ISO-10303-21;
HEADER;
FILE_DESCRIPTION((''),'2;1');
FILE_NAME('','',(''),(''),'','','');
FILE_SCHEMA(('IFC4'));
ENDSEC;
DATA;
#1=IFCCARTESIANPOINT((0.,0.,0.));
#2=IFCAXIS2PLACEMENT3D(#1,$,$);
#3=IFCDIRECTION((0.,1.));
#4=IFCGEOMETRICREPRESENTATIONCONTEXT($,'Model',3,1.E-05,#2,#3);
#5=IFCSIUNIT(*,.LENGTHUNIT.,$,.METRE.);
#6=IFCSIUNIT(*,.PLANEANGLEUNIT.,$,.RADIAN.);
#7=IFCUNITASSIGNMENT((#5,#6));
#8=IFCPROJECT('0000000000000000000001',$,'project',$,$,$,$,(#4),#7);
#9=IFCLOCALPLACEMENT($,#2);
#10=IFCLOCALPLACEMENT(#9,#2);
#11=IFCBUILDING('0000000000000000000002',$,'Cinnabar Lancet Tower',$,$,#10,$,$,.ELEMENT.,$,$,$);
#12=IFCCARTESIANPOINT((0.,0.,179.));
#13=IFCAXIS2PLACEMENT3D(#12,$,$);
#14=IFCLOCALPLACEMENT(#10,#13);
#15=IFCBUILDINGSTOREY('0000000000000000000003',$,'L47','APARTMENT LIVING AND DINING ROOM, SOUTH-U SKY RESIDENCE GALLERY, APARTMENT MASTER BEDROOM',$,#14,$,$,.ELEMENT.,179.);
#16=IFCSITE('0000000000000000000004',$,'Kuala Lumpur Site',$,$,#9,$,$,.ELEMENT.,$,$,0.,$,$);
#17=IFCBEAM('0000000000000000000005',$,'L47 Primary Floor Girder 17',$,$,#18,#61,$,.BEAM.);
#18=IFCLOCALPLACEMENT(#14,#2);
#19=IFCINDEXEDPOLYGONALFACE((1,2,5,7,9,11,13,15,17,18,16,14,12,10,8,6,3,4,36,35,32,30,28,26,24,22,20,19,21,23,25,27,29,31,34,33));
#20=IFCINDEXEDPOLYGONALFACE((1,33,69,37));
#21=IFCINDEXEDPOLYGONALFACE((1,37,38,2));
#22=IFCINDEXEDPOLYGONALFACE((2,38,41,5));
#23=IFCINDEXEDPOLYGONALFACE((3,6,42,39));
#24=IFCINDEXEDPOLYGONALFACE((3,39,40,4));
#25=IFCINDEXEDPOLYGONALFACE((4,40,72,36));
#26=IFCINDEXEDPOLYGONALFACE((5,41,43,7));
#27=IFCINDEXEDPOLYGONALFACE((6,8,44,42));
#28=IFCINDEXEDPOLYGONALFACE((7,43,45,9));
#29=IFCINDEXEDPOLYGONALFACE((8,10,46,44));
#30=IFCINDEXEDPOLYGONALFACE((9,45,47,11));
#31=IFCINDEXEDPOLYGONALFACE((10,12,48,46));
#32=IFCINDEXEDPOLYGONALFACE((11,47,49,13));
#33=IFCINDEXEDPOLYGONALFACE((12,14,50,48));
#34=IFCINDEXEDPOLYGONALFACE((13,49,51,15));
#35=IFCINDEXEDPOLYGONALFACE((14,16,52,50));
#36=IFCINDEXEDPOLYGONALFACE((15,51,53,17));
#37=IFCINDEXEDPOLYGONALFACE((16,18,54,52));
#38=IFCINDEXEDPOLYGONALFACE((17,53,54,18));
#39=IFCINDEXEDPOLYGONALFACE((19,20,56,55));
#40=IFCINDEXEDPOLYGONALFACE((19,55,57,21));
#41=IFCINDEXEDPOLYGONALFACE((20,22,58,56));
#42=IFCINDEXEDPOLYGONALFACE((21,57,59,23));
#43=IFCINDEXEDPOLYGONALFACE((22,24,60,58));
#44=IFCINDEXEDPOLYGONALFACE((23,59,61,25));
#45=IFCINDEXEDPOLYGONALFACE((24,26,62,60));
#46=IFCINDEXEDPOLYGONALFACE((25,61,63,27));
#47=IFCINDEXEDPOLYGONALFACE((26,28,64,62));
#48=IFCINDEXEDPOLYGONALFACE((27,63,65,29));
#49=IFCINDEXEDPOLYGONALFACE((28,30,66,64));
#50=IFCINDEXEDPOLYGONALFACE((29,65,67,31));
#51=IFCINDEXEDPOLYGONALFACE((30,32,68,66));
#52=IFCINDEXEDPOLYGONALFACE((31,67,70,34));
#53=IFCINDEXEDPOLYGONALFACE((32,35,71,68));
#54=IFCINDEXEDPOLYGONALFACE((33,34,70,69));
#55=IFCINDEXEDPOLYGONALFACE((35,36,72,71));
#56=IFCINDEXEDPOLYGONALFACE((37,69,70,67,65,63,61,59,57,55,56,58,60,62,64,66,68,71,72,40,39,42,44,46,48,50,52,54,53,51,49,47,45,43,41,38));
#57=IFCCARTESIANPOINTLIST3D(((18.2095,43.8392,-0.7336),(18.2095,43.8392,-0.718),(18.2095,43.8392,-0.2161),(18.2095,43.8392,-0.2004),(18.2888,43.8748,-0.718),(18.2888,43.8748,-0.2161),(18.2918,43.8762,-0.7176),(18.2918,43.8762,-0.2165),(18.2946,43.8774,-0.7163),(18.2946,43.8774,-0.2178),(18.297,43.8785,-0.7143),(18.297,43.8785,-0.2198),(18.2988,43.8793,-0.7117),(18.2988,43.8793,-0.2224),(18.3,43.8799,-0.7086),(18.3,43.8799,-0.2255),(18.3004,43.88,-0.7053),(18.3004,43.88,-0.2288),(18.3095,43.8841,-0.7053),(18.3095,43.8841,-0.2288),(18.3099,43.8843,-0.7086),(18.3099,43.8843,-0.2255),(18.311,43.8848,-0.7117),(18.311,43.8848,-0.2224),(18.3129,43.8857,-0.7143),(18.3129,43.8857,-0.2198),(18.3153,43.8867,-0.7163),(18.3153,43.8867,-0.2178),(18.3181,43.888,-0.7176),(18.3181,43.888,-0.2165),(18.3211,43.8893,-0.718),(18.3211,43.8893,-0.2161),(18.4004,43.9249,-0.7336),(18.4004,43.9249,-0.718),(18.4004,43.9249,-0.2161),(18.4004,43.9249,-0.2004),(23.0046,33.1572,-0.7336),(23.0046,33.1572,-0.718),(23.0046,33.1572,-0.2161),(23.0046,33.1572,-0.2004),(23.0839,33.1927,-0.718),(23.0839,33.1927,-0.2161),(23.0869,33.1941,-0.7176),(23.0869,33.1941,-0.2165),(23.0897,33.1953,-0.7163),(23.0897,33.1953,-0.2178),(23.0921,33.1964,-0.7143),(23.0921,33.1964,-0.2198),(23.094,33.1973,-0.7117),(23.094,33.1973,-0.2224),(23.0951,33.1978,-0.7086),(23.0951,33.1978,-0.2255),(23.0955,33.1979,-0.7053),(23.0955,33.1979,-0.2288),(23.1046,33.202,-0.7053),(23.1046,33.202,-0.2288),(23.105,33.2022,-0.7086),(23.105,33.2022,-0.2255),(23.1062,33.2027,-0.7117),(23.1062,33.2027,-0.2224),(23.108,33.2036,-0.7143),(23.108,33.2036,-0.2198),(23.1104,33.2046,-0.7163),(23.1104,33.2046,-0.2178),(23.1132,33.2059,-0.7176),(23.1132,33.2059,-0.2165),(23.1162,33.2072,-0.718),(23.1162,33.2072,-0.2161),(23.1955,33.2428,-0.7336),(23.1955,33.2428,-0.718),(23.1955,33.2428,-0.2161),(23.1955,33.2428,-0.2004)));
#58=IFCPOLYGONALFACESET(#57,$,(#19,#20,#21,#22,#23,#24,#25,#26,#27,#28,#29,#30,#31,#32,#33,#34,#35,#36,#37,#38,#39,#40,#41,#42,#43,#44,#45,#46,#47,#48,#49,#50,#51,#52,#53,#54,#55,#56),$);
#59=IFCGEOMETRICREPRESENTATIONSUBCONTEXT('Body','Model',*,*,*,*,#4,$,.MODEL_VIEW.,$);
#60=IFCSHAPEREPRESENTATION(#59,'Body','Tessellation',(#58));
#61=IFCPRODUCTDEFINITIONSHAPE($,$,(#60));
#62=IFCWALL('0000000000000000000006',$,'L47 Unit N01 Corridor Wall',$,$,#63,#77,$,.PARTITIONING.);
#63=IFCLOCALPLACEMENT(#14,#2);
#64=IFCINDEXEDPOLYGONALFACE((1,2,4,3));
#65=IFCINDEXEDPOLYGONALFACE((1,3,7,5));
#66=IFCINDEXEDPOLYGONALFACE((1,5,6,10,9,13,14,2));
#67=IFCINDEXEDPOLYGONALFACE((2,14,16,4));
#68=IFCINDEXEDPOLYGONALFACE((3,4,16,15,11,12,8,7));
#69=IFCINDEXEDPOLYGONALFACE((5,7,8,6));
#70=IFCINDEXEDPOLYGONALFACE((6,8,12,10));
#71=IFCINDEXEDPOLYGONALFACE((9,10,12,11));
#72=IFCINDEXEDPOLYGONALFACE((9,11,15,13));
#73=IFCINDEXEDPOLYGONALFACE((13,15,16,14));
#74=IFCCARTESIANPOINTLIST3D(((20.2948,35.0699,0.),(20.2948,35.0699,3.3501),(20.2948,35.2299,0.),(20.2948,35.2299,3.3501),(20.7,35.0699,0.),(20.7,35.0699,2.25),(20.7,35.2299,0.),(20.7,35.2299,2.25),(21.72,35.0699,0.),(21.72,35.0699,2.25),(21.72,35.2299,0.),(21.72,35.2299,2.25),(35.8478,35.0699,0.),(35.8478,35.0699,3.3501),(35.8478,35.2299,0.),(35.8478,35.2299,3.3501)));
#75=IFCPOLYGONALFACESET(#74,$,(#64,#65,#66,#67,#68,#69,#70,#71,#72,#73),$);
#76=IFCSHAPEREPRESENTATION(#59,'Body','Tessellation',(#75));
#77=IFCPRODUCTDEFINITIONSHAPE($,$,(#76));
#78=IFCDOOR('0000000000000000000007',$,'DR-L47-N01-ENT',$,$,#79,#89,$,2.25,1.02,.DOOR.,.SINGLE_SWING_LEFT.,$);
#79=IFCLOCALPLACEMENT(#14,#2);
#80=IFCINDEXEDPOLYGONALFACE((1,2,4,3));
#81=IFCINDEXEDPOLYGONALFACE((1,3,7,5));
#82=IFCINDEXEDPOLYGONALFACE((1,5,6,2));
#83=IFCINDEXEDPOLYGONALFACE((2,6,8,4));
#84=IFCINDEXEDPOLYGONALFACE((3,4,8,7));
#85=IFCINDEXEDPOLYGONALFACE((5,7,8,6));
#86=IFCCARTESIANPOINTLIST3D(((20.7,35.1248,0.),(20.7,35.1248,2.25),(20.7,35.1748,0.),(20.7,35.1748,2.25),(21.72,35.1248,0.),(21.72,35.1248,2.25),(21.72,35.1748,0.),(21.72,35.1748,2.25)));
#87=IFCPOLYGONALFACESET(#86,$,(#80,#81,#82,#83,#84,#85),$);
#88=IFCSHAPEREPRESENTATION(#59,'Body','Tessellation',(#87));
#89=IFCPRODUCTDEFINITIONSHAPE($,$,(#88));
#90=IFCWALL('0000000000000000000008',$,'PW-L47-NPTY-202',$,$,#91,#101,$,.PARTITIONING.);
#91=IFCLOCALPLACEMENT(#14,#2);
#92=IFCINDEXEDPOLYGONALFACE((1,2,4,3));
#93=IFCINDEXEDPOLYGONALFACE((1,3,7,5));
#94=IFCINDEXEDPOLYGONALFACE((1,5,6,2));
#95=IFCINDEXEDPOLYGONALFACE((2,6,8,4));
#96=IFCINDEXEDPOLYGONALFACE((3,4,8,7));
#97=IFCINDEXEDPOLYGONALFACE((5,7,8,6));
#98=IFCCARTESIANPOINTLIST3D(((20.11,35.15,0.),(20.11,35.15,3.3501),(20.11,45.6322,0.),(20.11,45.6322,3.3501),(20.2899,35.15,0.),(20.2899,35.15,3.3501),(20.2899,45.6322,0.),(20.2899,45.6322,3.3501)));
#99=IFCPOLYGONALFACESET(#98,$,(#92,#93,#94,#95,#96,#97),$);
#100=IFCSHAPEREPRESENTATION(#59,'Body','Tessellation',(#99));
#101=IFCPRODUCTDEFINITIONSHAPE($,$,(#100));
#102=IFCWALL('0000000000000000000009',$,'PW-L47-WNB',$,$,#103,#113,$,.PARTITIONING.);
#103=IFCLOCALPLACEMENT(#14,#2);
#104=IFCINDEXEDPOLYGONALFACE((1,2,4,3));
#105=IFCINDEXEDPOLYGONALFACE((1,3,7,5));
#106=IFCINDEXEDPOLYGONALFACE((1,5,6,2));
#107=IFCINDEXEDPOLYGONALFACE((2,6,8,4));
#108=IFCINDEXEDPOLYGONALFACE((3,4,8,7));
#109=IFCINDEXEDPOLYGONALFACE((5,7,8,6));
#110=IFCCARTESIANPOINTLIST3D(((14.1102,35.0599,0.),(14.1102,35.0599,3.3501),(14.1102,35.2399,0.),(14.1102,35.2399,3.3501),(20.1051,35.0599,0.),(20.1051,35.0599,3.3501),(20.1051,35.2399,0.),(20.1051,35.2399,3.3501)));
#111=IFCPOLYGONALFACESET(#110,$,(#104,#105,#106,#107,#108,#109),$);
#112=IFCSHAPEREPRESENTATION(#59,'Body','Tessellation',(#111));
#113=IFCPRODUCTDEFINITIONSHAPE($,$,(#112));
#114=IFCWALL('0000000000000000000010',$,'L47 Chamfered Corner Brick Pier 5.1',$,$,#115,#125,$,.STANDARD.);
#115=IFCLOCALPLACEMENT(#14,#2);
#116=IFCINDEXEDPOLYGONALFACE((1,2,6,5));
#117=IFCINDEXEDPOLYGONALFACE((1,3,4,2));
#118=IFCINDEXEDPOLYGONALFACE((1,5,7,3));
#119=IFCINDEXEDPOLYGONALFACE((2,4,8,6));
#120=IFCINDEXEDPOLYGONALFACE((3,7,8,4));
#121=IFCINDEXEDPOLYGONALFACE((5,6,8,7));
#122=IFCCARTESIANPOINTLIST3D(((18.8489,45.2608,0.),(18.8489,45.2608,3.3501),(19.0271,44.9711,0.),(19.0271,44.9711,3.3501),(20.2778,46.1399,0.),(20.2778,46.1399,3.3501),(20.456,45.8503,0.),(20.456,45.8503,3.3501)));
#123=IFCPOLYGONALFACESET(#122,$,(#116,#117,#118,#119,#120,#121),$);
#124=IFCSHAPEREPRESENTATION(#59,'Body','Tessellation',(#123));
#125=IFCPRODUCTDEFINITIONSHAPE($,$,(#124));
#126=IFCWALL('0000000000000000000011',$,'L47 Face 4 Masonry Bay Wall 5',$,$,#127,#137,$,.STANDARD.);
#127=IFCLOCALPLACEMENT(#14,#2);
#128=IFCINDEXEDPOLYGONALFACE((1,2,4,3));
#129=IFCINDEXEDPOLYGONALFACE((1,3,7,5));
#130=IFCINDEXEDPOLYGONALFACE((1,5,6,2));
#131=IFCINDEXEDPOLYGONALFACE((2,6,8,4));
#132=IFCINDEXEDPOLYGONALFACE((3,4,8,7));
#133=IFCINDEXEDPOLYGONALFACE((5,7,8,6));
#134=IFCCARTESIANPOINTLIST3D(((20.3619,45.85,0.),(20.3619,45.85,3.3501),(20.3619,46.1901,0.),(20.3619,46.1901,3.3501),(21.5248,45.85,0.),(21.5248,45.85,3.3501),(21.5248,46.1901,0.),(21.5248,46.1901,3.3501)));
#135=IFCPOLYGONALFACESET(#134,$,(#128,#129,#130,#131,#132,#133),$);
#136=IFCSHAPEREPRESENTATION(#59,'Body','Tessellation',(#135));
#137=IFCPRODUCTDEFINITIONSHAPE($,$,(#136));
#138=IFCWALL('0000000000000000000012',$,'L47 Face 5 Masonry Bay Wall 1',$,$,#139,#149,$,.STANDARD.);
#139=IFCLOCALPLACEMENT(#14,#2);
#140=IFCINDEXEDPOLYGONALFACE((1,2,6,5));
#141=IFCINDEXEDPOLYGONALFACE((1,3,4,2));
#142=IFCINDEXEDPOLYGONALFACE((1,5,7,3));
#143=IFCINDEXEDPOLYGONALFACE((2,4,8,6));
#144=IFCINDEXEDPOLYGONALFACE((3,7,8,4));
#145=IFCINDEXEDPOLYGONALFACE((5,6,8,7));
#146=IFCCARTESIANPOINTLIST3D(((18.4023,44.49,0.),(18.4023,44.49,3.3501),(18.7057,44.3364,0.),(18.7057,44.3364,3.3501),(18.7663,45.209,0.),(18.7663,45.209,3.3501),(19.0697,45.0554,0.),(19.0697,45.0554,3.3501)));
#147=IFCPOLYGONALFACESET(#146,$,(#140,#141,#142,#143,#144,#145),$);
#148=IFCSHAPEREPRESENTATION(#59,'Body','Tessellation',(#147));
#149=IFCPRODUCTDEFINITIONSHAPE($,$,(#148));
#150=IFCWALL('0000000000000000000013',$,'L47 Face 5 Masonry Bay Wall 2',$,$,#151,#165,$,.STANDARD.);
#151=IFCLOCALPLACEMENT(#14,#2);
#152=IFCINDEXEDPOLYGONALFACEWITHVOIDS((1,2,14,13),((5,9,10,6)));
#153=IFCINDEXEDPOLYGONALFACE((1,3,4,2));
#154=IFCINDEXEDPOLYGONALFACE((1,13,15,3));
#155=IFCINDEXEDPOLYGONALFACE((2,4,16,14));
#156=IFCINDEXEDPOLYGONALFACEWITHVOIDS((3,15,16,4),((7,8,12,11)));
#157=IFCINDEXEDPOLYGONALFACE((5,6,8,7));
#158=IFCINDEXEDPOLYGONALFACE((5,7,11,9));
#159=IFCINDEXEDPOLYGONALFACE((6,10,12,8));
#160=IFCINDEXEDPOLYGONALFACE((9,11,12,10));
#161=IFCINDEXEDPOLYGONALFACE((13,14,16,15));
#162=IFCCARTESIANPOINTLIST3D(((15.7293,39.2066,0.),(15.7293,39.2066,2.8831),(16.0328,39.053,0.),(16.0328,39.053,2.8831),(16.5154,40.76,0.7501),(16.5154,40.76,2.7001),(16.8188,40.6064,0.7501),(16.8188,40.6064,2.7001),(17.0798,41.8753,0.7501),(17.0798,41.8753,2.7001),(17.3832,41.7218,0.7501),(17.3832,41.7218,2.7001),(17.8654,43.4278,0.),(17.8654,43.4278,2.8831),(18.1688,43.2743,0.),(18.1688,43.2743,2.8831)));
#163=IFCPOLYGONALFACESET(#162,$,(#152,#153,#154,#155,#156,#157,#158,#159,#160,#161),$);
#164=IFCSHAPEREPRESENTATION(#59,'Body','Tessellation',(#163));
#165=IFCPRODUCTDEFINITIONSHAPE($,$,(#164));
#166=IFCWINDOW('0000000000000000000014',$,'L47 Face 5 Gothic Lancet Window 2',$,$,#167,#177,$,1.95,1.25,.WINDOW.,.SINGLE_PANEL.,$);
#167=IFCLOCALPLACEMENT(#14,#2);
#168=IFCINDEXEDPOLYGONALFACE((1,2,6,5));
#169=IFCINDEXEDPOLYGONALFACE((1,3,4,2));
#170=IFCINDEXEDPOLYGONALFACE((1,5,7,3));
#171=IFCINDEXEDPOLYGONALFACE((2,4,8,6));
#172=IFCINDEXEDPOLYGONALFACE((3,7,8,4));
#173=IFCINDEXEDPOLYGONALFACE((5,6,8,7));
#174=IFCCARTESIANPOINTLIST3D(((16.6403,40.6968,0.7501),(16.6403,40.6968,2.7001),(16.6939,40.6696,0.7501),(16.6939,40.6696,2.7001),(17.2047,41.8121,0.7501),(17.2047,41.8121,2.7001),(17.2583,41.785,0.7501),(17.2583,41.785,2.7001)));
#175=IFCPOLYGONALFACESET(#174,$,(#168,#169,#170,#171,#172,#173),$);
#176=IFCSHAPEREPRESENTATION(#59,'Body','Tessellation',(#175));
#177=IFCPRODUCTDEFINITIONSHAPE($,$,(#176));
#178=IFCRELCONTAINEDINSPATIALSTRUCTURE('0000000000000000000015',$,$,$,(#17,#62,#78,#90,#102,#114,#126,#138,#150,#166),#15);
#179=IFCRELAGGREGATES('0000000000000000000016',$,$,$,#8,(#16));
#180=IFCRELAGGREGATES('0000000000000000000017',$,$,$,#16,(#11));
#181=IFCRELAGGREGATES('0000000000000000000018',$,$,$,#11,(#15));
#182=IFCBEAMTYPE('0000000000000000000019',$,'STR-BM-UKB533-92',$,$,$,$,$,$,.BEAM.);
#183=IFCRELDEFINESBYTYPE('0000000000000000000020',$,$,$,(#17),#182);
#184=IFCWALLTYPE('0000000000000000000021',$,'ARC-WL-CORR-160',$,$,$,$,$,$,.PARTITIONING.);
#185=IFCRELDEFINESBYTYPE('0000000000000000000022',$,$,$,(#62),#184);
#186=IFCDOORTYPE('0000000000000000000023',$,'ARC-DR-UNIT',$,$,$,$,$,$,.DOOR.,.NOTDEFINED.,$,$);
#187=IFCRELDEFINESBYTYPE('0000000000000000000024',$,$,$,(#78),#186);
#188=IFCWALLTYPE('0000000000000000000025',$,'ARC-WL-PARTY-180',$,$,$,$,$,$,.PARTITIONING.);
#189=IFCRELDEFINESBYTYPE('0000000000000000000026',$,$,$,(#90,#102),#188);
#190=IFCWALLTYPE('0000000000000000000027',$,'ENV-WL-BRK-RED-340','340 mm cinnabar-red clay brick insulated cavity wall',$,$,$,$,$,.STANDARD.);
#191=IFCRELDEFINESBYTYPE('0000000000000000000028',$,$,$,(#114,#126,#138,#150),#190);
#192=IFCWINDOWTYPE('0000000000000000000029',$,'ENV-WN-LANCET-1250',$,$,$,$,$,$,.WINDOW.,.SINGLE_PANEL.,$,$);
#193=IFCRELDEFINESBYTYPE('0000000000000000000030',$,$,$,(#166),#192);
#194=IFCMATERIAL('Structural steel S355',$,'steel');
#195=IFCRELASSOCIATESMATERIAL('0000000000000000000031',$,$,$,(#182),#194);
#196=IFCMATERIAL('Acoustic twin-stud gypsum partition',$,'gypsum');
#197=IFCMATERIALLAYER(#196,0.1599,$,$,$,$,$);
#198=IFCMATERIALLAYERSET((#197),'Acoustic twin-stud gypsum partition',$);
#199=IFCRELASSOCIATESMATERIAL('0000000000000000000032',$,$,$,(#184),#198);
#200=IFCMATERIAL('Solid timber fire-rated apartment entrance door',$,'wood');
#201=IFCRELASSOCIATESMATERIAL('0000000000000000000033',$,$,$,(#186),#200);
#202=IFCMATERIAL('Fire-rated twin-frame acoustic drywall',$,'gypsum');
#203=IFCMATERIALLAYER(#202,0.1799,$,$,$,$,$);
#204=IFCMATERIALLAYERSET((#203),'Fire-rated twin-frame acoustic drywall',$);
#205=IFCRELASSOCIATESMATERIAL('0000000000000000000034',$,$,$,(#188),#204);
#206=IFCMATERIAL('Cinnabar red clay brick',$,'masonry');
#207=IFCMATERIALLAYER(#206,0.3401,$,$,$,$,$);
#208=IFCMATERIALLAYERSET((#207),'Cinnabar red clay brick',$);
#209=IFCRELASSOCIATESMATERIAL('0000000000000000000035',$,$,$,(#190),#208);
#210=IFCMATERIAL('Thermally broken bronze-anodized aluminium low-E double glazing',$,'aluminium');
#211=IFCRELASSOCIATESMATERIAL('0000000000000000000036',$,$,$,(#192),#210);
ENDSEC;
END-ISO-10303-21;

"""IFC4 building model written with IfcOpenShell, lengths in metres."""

from ifc_helpers import new_model, si_unit, direction, frame, frame_2d, origin, origin_2d, place, context, subcontext, project, spatial, rectangle, i_section, extrude, material, layer, layer_set, material_profile, profile_set, type_object, element, fill, save


model = new_model("IFC4")

# Units and contexts
model_context = context("Model", 3, precision=1e-05, world=origin(), true_north=direction((0.0, 1.0)))
body_context = subcontext(model_context, "Body", "Model", "MODEL_VIEW")
ifc_project = project(units=[si_unit("LENGTHUNIT", "METRE"), si_unit("PLANEANGLEUNIT", "RADIAN")], contexts=[model_context])

# Site, building, storey
site_placement = place(None, origin())
site = spatial("IfcSite", under=ifc_project, at=site_placement, Name="Kuala Lumpur Site", CompositionType="ELEMENT", RefElevation=0.0)
building_placement = place(site_placement, origin())
building = spatial("IfcBuilding", under=site, at=building_placement, Name="Cinnabar Lancet Tower", CompositionType="ELEMENT")
storey_placement = place(building_placement, frame((0.0, 0.0, 179.0)))
storey = spatial("IfcBuildingStorey", under=building, at=storey_placement, Name="L47", Description="APARTMENT LIVING AND DINING ROOM, SOUTH-U SKY RESIDENCE GALLERY, APARTMENT MASTER BEDROOM", CompositionType="ELEMENT", Elevation=179.0)

# Beam
ifc_material_1 = material(Name="Structural steel S355", Category="steel")
ifc_material_profile_1 = material_profile(ifc_material_1, i_section(OverallWidth=0.2092, OverallDepth=0.5332, WebThickness=0.01, FlangeThickness=0.0156, FilletRadius=0.0127, at=origin_2d()), Name="UKB 533x210x92")
ifc_profile_set_1 = profile_set([ifc_material_profile_1], Name="Structural steel S355")
beam_type_1 = type_object("IfcBeamType", Name="STR-BM-UKB533-92", PredefinedType="BEAM", material=ifc_profile_set_1)
beam_1_placement = place(storey_placement, frame((18.3049, 43.8821, -0.467), z_axis=(0.409527, -0.912298, 0.0), x_axis=(0.912298, 0.409527, 0.0)))
element("IfcBeam", 1, at=beam_1_placement, inside=storey, type_object=beam_type_1, Name="L47 Primary Floor Girder 17", PredefinedType="BEAM", context=body_context, shape_type="SweptSolid", body=[
    extrude(i_section(OverallWidth=0.2092, OverallDepth=0.5332, WebThickness=0.01, FlangeThickness=0.0156, FilletRadius=0.0127, at=origin_2d()), origin(), (0.0, 0.0, 1.0), 11.709),
])

# Wall, opening, door
ifc_material_2 = material(Name="Acoustic twin-stud gypsum partition", Category="gypsum")
ifc_layer_1 = layer(ifc_material_2, 0.1599)
ifc_layer_set_1 = layer_set([ifc_layer_1], Name="Acoustic twin-stud gypsum partition")
wall_type_1 = type_object("IfcWallType", Name="ARC-WL-CORR-160", PredefinedType="PARTITIONING", material=ifc_layer_set_1)
wall_1_placement = place(storey_placement, frame((20.2949, 35.1499, 0.0), z_axis=(0.0, 0.0, 1.0), x_axis=(1.0, 0.0, 0.0)))
wall_1 = element("IfcWall", 2, at=wall_1_placement, inside=storey, type_object=wall_type_1, Name="L47 Unit N01 Corridor Wall", PredefinedType="PARTITIONING", context=body_context, shape_type="SweptSolid", body=[
    extrude(rectangle(XDim=15.553, YDim=0.1599, at=frame_2d((7.7764, 0.0))), origin(), (0.0, 0.0, 1.0), 3.3501),
])
opening_1_placement = place(wall_1_placement, frame((0.405, 0.0, 0.0)))
opening_1 = element("IfcOpeningElement", 3, at=opening_1_placement, cuts=wall_1, PredefinedType="OPENING", context=body_context, shape_type="SweptSolid", body=[
    extrude(rectangle(XDim=1.02, YDim=2.25, at=frame_2d((0.51, 1.125))), frame((0.0, 0.0898, 0.0), z_axis=(0.0, -1.0, 0.0), x_axis=(1.0, 0.0, 0.0)), (0.0, 0.0, 1.0), 0.1799),
])
ifc_material_3 = material(Name="Solid timber fire-rated apartment entrance door", Category="wood")
door_type = type_object("IfcDoorType", Name="ARC-DR-UNIT", OperationType="NOTDEFINED", PredefinedType="DOOR", material=ifc_material_3)
door_placement = place(opening_1_placement, origin())
door = element("IfcDoor", 4, at=door_placement, inside=storey, type_object=door_type, Name="DR-L47-N01-ENT", OperationType="SINGLE_SWING_LEFT", OverallHeight=2.25, OverallWidth=1.02, PredefinedType="DOOR", context=body_context, shape_type="SweptSolid", body=[
    extrude(rectangle(XDim=1.02, YDim=2.25, at=frame_2d((0.51, 1.125))), frame((0.0, 0.0249, 0.0), z_axis=(0.0, -1.0, 0.0), x_axis=(1.0, 0.0, 0.0)), (0.0, 0.0, 1.0), 0.05),
])
fill(opening_1, door)

# Walls
ifc_material_4 = material(Name="Fire-rated twin-frame acoustic drywall", Category="gypsum")
ifc_layer_2 = layer(ifc_material_4, 0.1799)
ifc_layer_set_2 = layer_set([ifc_layer_2], Name="Fire-rated twin-frame acoustic drywall")
wall_type_2 = type_object("IfcWallType", Name="ARC-WL-PARTY-180", PredefinedType="PARTITIONING", material=ifc_layer_set_2)
wall_2_placement = place(storey_placement, frame((20.2, 35.1499, 0.0), z_axis=(0.0, 0.0, 1.0), x_axis=(0.0, 1.0, 0.0)))
element("IfcWall", 5, at=wall_2_placement, inside=storey, type_object=wall_type_2, Name="PW-L47-NPTY-202", PredefinedType="PARTITIONING", context=body_context, shape_type="SweptSolid", body=[
    extrude(rectangle(XDim=10.4822, YDim=0.1799, at=frame_2d((5.2412, 0.0))), origin(), (0.0, 0.0, 1.0), 3.3501),
])
wall_3_placement = place(storey_placement, frame((14.1101, 35.1499, 0.0), z_axis=(0.0, 0.0, 1.0), x_axis=(1.0, 0.0, 0.0)))
element("IfcWall", 6, at=wall_3_placement, inside=storey, type_object=wall_type_2, Name="PW-L47-WNB", PredefinedType="PARTITIONING", context=body_context, shape_type="SweptSolid", body=[
    extrude(rectangle(XDim=5.9949, YDim=0.1799, at=frame_2d((2.9976, 0.0))), origin(), (0.0, 0.0, 1.0), 3.3501),
])
ifc_material_5 = material(Name="Cinnabar red clay brick", Category="masonry")
ifc_layer_3 = layer(ifc_material_5, 0.3401)
ifc_layer_set_3 = layer_set([ifc_layer_3], Name="Cinnabar red clay brick")
wall_type_3 = type_object("IfcWallType", Name="ENV-WL-BRK-RED-340", Description="340 mm cinnabar-red clay brick insulated cavity wall", PredefinedType="STANDARD", material=ifc_layer_set_3)
wall_4_placement = place(storey_placement, frame((20.3669, 45.9951, 0.0), z_axis=(0.0, 0.0, 1.0), x_axis=(-0.851713, -0.524008, 0.0)))
element("IfcWall", 7, at=wall_4_placement, inside=storey, type_object=wall_type_3, Name="L47 Chamfered Corner Brick Pier 5.1", PredefinedType="STANDARD", context=body_context, shape_type="SweptSolid", body=[
    extrude(rectangle(XDim=1.6777, YDim=0.3401, at=frame_2d((0.8389, 0.0))), origin(), (0.0, 0.0, 1.0), 3.3501),
])
wall_5_placement = place(storey_placement, frame((21.5249, 46.02, 0.0), z_axis=(0.0, 0.0, 1.0), x_axis=(-1.0, 0.0, 0.0)))
element("IfcWall", 8, at=wall_5_placement, inside=storey, type_object=wall_type_3, Name="L47 Face 4 Masonry Bay Wall 5", PredefinedType="STANDARD", context=body_context, shape_type="SweptSolid", body=[
    extrude(rectangle(XDim=1.1628, YDim=0.3401, at=frame_2d((0.5815, 0.0))), origin(), (0.0, 0.0, 1.0), 3.3501),
])
wall_6_placement = place(storey_placement, frame((18.918, 45.1321, 0.0), z_axis=(0.0, 0.0, 1.0), x_axis=(-0.451692, -0.892174, 0.0)))
element("IfcWall", 9, at=wall_6_placement, inside=storey, type_object=wall_type_3, Name="L47 Face 5 Masonry Bay Wall 1", PredefinedType="STANDARD", context=body_context, shape_type="SweptSolid", body=[
    extrude(rectangle(XDim=0.8059, YDim=0.3401, at=frame_2d((0.4028, 0.0))), origin(), (0.0, 0.0, 1.0), 3.3501),
])

# Wall, opening, window
wall_7_placement = place(storey_placement, frame((18.0171, 43.3511, 0.0), z_axis=(0.0, 0.0, 1.0), x_axis=(-0.451502, -0.89227, 0.0)))
wall_7 = element("IfcWall", 10, at=wall_7_placement, inside=storey, type_object=wall_type_3, Name="L47 Face 5 Masonry Bay Wall 2", PredefinedType="STANDARD", context=body_context, shape_type="SweptSolid", body=[
    extrude(rectangle(XDim=4.731, YDim=0.3401, at=frame_2d((2.3655, 0.0))), origin(), (0.0, 0.0, 1.0), 2.8831),
])
opening_2_placement = place(wall_7_placement, frame((1.74, 0.0, 0.75)))
opening_2 = element("IfcOpeningElement", 11, at=opening_2_placement, cuts=wall_7, PredefinedType="OPENING", context=body_context, shape_type="SweptSolid", body=[
    extrude(rectangle(XDim=1.25, YDim=1.95, at=frame_2d((0.625, 0.9751))), frame((0.0, 0.1799, 0.0), z_axis=(0.0, -1.0, 0.0), x_axis=(1.0, 0.0, 0.0)), (0.0, 0.0, 1.0), 0.3601),
])
ifc_material_6 = material(Name="Thermally broken bronze-anodized aluminium low-E double glazing", Category="aluminium")
window_type_1 = type_object("IfcWindowType", Name="ENV-WN-LANCET-1250", PartitioningType="SINGLE_PANEL", PredefinedType="WINDOW", material=ifc_material_6)
window_1_placement = place(opening_2_placement, origin())
window_1 = element("IfcWindow", 12, at=window_1_placement, inside=storey, type_object=window_type_1, Name="L47 Face 5 Gothic Lancet Window 2", OverallHeight=1.95, OverallWidth=1.25, PartitioningType="SINGLE_PANEL", PredefinedType="WINDOW", context=body_context, shape_type="SweptSolid", body=[
    extrude(rectangle(XDim=1.25, YDim=1.95, at=frame_2d((0.625, 0.9751))), frame((0.0, 0.03, 0.0), z_axis=(0.0, -1.0, 0.0), x_axis=(1.0, 0.0, 0.0)), (0.0, 0.0, 1.0), 0.0601),
])
fill(opening_2, window_1)

save(model, "model.ifc")
